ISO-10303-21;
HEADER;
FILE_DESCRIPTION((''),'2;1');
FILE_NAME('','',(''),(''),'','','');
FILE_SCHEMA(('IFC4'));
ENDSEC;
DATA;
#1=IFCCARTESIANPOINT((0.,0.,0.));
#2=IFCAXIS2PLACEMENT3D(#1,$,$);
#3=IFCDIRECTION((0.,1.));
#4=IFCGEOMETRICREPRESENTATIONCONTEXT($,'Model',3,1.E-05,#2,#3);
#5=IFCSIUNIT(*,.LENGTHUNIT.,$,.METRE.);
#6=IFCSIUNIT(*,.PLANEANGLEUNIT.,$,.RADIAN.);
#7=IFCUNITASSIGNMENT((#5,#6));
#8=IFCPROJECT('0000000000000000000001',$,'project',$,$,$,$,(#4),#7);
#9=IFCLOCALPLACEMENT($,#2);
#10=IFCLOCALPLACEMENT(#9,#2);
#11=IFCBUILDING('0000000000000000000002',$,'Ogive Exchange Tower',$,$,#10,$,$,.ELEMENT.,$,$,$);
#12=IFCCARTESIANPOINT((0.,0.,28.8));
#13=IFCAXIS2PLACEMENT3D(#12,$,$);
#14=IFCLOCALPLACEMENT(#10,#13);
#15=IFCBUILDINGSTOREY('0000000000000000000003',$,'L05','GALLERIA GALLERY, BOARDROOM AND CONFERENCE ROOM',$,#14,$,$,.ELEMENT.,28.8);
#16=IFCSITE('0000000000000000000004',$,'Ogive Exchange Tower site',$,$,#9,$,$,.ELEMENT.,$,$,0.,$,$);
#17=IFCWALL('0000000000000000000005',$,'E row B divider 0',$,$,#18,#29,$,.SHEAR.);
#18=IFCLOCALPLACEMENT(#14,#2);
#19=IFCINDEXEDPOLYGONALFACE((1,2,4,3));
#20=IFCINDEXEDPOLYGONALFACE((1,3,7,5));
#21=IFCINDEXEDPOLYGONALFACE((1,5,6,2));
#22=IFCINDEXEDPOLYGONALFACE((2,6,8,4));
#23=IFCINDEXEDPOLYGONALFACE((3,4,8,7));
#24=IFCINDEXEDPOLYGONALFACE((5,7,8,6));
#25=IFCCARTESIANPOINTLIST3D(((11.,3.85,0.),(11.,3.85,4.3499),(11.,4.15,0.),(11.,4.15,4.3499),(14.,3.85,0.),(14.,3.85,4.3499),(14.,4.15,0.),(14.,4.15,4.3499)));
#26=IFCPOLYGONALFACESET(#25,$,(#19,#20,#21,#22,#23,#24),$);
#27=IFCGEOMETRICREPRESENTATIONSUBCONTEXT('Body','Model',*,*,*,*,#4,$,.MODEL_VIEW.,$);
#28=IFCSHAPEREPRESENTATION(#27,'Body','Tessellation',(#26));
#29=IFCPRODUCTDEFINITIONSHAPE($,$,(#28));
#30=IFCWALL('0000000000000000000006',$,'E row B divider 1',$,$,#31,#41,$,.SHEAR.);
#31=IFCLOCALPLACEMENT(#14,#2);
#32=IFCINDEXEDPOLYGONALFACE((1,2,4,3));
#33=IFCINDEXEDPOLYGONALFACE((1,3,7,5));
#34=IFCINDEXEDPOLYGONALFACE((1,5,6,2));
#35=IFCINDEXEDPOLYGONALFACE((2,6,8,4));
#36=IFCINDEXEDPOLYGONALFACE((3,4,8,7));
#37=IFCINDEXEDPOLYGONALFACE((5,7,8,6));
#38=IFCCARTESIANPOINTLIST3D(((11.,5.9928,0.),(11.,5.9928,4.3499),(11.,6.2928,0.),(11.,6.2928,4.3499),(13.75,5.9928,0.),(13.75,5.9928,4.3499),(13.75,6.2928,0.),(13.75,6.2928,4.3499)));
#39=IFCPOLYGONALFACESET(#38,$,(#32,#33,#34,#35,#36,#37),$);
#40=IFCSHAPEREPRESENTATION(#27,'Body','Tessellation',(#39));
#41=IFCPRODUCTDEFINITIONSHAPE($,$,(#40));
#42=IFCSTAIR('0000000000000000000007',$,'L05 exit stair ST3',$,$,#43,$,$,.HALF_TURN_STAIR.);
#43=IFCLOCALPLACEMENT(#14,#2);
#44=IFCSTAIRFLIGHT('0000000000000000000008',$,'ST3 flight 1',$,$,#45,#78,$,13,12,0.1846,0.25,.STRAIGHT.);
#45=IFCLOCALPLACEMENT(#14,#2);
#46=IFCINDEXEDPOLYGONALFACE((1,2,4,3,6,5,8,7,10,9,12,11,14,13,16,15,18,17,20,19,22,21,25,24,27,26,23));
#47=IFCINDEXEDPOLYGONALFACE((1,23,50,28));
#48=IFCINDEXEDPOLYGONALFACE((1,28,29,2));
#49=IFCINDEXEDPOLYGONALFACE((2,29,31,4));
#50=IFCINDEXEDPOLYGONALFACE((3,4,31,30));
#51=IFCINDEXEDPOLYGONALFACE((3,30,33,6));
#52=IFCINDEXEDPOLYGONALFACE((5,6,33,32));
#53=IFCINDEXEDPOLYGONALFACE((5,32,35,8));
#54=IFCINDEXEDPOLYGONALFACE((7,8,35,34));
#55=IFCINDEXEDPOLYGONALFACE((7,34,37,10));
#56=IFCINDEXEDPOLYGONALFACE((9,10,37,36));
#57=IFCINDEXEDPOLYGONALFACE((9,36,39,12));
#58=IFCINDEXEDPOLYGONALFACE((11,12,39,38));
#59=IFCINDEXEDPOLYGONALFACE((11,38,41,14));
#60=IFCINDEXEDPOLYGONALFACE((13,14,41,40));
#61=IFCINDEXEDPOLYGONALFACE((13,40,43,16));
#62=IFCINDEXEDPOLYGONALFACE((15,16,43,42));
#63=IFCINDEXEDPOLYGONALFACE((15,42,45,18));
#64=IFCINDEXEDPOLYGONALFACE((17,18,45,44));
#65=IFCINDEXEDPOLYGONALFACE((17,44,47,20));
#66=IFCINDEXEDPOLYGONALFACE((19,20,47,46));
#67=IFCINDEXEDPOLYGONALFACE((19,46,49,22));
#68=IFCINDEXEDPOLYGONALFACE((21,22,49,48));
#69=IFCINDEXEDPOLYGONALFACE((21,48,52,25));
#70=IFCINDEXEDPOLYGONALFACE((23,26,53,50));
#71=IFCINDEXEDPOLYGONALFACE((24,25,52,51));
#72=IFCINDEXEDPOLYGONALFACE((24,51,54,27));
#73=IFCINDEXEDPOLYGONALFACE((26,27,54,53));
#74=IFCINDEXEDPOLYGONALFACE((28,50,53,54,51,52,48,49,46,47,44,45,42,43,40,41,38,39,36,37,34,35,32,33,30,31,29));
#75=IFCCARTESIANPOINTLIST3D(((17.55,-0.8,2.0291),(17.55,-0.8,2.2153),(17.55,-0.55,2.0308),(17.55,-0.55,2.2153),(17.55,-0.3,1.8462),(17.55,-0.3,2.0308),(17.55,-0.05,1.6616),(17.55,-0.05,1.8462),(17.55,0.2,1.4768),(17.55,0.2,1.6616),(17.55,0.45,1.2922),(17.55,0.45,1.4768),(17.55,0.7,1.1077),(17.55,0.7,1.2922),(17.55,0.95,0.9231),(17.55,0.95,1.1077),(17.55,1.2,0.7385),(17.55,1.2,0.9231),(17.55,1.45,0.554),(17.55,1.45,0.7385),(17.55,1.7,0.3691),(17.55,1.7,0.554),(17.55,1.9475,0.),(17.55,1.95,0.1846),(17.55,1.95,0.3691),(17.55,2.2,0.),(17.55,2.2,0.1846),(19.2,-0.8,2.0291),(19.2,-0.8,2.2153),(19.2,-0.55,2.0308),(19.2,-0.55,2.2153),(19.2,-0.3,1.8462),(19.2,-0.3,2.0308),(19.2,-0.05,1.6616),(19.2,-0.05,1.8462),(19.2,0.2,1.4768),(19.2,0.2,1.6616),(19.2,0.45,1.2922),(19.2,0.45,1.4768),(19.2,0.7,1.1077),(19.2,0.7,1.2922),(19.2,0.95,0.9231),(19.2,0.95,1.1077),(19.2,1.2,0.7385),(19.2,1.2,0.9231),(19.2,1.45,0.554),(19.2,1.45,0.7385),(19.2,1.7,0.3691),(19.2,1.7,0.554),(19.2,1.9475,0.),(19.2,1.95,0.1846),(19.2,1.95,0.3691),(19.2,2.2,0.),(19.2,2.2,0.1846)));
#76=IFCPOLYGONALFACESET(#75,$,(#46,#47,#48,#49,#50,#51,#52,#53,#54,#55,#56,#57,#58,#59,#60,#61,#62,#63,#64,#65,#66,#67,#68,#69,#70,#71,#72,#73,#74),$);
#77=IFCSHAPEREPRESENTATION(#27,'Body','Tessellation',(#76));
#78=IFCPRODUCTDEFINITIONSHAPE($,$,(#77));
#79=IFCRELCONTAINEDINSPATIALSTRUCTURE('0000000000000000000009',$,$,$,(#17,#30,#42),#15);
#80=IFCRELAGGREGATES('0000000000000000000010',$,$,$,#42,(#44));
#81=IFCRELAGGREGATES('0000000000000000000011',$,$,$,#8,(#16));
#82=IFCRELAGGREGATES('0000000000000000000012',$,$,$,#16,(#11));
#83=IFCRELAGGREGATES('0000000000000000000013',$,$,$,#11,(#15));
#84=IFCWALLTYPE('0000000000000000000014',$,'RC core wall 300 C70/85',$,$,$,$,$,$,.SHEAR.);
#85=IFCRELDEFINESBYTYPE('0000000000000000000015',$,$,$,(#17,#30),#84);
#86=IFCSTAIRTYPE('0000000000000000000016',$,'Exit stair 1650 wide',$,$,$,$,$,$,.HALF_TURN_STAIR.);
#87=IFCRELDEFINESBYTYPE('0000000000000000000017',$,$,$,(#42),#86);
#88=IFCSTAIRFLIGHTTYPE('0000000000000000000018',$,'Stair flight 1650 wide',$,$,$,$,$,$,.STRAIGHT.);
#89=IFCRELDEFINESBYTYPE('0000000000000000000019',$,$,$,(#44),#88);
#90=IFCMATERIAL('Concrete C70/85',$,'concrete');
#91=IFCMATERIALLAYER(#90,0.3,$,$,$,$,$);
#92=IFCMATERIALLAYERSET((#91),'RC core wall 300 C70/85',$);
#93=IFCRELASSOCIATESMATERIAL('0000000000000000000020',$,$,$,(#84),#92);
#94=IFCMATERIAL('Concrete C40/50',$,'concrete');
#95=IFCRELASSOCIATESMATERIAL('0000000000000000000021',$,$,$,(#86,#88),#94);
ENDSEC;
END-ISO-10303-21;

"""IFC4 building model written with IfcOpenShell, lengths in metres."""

from ifc_helpers import new_model, si_unit, direction, frame, frame_2d, origin, place, context, subcontext, project, spatial, polyline, rectangle, outline, extrude, material, layer, layer_set, type_object, element, aggregate, save


model = new_model("IFC4")

# Units and contexts
model_context = context("Model", 3, precision=1e-05, world=origin(), true_north=direction((0.0, 1.0)))
body_context = subcontext(model_context, "Body", "Model", "MODEL_VIEW")
ifc_project = project(units=[si_unit("LENGTHUNIT", "METRE"), si_unit("PLANEANGLEUNIT", "RADIAN")], contexts=[model_context])

# Site, building, storey
site_placement = place(None, origin())
site = spatial("IfcSite", under=ifc_project, at=site_placement, Name="Ogive Exchange Tower site", CompositionType="ELEMENT", RefElevation=0.0)
building_placement = place(site_placement, origin())
building = spatial("IfcBuilding", under=site, at=building_placement, Name="Ogive Exchange Tower", CompositionType="ELEMENT")
storey_placement = place(building_placement, frame((0.0, 0.0, 28.8)))
storey = spatial("IfcBuildingStorey", under=building, at=storey_placement, Name="L05", Description="GALLERIA GALLERY, BOARDROOM AND CONFERENCE ROOM", CompositionType="ELEMENT", Elevation=28.8)

# Shared definitions
ifc_material_1 = material(Name="Concrete C70/85", Category="concrete")

# Walls
ifc_layer_1 = layer(ifc_material_1, 0.3)
ifc_layer_set_1 = layer_set([ifc_layer_1], Name="RC core wall 300 C70/85")
wall_type_1 = type_object("IfcWallType", Name="RC core wall 300 C70/85", PredefinedType="SHEAR", material=ifc_layer_set_1)
wall_1_placement = place(storey_placement, frame((11.0, 4.0, 0.0), z_axis=(0.0, 0.0, 1.0), x_axis=(1.0, 0.0, 0.0)))
element("IfcWall", 1, at=wall_1_placement, inside=storey, type_object=wall_type_1, Name="E row B divider 0", PredefinedType="SHEAR", context=body_context, shape_type="SweptSolid", body=[
    extrude(rectangle(XDim=3.0, YDim=0.3, at=frame_2d((1.5, 0.0))), origin(), (0.0, 0.0, 1.0), 4.3499),
])
wall_2_placement = place(storey_placement, frame((11.0, 6.1428, 0.0), z_axis=(0.0, 0.0, 1.0), x_axis=(1.0, 0.0, 0.0)))
element("IfcWall", 2, at=wall_2_placement, inside=storey, type_object=wall_type_1, Name="E row B divider 1", PredefinedType="SHEAR", context=body_context, shape_type="SweptSolid", body=[
    extrude(rectangle(XDim=2.75, YDim=0.3, at=frame_2d((1.375, 0.0))), origin(), (0.0, 0.0, 1.0), 4.3499),
])

# Stair, stair flight
ifc_material_2 = material(Name="Concrete C40/50", Category="concrete")
stair_type = type_object("IfcStairType", Name="Exit stair 1650 wide", PredefinedType="HALF_TURN_STAIR", material=ifc_material_2)
stair_placement = place(storey_placement, origin())
stair = element("IfcStair", 3, at=stair_placement, inside=storey, type_object=stair_type, Name="L05 exit stair ST3", PredefinedType="HALF_TURN_STAIR")
stair_flight_type = type_object("IfcStairFlightType", Name="Stair flight 1650 wide", PredefinedType="STRAIGHT", material=ifc_material_2)
stair_flight_placement = place(storey_placement, frame((18.375, 2.2, 0.0), z_axis=(0.0, 0.0, 1.0), x_axis=(0.0, -1.0, 0.0)))
stair_flight = element("IfcStairFlight", 4, at=stair_flight_placement, type_object=stair_flight_type, Name="ST3 flight 1", NumberOfRisers=13, NumberOfTreads=12, PredefinedType="STRAIGHT", RiserHeight=0.1846, TreadLength=0.25, context=body_context, shape_type="SweptSolid", body=[
    extrude(outline(polyline([(0.0, 0.0), (0.0, 0.1846), (0.25, 0.1846), (0.25, 0.3691), (0.5, 0.3691), (0.5, 0.554), (0.75, 0.554), (0.75, 0.7385), (1.0, 0.7385), (1.0, 0.9231), (1.25, 0.9231), (1.25, 1.1077), (1.5, 1.1077), (1.5, 1.2922), (1.75, 1.2922), (1.75, 1.4768), (2.0, 1.4768), (2.0, 1.6616), (2.25, 1.6616), (2.25, 1.8462), (2.5, 1.8462), (2.5, 2.0308), (2.75, 2.0308), (2.75, 2.2153), (3.0, 2.2153), (3.0, 2.3999), (3.0, 2.0291), (0.2524, 0.0), (0.0, 0.0)])), frame((0.0, 0.825, 0.0), z_axis=(0.0, -1.0, 0.0), x_axis=(1.0, 0.0, 0.0)), (0.0, 0.0, 1.0), 1.6499),
])
aggregate(stair, [stair_flight])

save(model, "model.ifc")
